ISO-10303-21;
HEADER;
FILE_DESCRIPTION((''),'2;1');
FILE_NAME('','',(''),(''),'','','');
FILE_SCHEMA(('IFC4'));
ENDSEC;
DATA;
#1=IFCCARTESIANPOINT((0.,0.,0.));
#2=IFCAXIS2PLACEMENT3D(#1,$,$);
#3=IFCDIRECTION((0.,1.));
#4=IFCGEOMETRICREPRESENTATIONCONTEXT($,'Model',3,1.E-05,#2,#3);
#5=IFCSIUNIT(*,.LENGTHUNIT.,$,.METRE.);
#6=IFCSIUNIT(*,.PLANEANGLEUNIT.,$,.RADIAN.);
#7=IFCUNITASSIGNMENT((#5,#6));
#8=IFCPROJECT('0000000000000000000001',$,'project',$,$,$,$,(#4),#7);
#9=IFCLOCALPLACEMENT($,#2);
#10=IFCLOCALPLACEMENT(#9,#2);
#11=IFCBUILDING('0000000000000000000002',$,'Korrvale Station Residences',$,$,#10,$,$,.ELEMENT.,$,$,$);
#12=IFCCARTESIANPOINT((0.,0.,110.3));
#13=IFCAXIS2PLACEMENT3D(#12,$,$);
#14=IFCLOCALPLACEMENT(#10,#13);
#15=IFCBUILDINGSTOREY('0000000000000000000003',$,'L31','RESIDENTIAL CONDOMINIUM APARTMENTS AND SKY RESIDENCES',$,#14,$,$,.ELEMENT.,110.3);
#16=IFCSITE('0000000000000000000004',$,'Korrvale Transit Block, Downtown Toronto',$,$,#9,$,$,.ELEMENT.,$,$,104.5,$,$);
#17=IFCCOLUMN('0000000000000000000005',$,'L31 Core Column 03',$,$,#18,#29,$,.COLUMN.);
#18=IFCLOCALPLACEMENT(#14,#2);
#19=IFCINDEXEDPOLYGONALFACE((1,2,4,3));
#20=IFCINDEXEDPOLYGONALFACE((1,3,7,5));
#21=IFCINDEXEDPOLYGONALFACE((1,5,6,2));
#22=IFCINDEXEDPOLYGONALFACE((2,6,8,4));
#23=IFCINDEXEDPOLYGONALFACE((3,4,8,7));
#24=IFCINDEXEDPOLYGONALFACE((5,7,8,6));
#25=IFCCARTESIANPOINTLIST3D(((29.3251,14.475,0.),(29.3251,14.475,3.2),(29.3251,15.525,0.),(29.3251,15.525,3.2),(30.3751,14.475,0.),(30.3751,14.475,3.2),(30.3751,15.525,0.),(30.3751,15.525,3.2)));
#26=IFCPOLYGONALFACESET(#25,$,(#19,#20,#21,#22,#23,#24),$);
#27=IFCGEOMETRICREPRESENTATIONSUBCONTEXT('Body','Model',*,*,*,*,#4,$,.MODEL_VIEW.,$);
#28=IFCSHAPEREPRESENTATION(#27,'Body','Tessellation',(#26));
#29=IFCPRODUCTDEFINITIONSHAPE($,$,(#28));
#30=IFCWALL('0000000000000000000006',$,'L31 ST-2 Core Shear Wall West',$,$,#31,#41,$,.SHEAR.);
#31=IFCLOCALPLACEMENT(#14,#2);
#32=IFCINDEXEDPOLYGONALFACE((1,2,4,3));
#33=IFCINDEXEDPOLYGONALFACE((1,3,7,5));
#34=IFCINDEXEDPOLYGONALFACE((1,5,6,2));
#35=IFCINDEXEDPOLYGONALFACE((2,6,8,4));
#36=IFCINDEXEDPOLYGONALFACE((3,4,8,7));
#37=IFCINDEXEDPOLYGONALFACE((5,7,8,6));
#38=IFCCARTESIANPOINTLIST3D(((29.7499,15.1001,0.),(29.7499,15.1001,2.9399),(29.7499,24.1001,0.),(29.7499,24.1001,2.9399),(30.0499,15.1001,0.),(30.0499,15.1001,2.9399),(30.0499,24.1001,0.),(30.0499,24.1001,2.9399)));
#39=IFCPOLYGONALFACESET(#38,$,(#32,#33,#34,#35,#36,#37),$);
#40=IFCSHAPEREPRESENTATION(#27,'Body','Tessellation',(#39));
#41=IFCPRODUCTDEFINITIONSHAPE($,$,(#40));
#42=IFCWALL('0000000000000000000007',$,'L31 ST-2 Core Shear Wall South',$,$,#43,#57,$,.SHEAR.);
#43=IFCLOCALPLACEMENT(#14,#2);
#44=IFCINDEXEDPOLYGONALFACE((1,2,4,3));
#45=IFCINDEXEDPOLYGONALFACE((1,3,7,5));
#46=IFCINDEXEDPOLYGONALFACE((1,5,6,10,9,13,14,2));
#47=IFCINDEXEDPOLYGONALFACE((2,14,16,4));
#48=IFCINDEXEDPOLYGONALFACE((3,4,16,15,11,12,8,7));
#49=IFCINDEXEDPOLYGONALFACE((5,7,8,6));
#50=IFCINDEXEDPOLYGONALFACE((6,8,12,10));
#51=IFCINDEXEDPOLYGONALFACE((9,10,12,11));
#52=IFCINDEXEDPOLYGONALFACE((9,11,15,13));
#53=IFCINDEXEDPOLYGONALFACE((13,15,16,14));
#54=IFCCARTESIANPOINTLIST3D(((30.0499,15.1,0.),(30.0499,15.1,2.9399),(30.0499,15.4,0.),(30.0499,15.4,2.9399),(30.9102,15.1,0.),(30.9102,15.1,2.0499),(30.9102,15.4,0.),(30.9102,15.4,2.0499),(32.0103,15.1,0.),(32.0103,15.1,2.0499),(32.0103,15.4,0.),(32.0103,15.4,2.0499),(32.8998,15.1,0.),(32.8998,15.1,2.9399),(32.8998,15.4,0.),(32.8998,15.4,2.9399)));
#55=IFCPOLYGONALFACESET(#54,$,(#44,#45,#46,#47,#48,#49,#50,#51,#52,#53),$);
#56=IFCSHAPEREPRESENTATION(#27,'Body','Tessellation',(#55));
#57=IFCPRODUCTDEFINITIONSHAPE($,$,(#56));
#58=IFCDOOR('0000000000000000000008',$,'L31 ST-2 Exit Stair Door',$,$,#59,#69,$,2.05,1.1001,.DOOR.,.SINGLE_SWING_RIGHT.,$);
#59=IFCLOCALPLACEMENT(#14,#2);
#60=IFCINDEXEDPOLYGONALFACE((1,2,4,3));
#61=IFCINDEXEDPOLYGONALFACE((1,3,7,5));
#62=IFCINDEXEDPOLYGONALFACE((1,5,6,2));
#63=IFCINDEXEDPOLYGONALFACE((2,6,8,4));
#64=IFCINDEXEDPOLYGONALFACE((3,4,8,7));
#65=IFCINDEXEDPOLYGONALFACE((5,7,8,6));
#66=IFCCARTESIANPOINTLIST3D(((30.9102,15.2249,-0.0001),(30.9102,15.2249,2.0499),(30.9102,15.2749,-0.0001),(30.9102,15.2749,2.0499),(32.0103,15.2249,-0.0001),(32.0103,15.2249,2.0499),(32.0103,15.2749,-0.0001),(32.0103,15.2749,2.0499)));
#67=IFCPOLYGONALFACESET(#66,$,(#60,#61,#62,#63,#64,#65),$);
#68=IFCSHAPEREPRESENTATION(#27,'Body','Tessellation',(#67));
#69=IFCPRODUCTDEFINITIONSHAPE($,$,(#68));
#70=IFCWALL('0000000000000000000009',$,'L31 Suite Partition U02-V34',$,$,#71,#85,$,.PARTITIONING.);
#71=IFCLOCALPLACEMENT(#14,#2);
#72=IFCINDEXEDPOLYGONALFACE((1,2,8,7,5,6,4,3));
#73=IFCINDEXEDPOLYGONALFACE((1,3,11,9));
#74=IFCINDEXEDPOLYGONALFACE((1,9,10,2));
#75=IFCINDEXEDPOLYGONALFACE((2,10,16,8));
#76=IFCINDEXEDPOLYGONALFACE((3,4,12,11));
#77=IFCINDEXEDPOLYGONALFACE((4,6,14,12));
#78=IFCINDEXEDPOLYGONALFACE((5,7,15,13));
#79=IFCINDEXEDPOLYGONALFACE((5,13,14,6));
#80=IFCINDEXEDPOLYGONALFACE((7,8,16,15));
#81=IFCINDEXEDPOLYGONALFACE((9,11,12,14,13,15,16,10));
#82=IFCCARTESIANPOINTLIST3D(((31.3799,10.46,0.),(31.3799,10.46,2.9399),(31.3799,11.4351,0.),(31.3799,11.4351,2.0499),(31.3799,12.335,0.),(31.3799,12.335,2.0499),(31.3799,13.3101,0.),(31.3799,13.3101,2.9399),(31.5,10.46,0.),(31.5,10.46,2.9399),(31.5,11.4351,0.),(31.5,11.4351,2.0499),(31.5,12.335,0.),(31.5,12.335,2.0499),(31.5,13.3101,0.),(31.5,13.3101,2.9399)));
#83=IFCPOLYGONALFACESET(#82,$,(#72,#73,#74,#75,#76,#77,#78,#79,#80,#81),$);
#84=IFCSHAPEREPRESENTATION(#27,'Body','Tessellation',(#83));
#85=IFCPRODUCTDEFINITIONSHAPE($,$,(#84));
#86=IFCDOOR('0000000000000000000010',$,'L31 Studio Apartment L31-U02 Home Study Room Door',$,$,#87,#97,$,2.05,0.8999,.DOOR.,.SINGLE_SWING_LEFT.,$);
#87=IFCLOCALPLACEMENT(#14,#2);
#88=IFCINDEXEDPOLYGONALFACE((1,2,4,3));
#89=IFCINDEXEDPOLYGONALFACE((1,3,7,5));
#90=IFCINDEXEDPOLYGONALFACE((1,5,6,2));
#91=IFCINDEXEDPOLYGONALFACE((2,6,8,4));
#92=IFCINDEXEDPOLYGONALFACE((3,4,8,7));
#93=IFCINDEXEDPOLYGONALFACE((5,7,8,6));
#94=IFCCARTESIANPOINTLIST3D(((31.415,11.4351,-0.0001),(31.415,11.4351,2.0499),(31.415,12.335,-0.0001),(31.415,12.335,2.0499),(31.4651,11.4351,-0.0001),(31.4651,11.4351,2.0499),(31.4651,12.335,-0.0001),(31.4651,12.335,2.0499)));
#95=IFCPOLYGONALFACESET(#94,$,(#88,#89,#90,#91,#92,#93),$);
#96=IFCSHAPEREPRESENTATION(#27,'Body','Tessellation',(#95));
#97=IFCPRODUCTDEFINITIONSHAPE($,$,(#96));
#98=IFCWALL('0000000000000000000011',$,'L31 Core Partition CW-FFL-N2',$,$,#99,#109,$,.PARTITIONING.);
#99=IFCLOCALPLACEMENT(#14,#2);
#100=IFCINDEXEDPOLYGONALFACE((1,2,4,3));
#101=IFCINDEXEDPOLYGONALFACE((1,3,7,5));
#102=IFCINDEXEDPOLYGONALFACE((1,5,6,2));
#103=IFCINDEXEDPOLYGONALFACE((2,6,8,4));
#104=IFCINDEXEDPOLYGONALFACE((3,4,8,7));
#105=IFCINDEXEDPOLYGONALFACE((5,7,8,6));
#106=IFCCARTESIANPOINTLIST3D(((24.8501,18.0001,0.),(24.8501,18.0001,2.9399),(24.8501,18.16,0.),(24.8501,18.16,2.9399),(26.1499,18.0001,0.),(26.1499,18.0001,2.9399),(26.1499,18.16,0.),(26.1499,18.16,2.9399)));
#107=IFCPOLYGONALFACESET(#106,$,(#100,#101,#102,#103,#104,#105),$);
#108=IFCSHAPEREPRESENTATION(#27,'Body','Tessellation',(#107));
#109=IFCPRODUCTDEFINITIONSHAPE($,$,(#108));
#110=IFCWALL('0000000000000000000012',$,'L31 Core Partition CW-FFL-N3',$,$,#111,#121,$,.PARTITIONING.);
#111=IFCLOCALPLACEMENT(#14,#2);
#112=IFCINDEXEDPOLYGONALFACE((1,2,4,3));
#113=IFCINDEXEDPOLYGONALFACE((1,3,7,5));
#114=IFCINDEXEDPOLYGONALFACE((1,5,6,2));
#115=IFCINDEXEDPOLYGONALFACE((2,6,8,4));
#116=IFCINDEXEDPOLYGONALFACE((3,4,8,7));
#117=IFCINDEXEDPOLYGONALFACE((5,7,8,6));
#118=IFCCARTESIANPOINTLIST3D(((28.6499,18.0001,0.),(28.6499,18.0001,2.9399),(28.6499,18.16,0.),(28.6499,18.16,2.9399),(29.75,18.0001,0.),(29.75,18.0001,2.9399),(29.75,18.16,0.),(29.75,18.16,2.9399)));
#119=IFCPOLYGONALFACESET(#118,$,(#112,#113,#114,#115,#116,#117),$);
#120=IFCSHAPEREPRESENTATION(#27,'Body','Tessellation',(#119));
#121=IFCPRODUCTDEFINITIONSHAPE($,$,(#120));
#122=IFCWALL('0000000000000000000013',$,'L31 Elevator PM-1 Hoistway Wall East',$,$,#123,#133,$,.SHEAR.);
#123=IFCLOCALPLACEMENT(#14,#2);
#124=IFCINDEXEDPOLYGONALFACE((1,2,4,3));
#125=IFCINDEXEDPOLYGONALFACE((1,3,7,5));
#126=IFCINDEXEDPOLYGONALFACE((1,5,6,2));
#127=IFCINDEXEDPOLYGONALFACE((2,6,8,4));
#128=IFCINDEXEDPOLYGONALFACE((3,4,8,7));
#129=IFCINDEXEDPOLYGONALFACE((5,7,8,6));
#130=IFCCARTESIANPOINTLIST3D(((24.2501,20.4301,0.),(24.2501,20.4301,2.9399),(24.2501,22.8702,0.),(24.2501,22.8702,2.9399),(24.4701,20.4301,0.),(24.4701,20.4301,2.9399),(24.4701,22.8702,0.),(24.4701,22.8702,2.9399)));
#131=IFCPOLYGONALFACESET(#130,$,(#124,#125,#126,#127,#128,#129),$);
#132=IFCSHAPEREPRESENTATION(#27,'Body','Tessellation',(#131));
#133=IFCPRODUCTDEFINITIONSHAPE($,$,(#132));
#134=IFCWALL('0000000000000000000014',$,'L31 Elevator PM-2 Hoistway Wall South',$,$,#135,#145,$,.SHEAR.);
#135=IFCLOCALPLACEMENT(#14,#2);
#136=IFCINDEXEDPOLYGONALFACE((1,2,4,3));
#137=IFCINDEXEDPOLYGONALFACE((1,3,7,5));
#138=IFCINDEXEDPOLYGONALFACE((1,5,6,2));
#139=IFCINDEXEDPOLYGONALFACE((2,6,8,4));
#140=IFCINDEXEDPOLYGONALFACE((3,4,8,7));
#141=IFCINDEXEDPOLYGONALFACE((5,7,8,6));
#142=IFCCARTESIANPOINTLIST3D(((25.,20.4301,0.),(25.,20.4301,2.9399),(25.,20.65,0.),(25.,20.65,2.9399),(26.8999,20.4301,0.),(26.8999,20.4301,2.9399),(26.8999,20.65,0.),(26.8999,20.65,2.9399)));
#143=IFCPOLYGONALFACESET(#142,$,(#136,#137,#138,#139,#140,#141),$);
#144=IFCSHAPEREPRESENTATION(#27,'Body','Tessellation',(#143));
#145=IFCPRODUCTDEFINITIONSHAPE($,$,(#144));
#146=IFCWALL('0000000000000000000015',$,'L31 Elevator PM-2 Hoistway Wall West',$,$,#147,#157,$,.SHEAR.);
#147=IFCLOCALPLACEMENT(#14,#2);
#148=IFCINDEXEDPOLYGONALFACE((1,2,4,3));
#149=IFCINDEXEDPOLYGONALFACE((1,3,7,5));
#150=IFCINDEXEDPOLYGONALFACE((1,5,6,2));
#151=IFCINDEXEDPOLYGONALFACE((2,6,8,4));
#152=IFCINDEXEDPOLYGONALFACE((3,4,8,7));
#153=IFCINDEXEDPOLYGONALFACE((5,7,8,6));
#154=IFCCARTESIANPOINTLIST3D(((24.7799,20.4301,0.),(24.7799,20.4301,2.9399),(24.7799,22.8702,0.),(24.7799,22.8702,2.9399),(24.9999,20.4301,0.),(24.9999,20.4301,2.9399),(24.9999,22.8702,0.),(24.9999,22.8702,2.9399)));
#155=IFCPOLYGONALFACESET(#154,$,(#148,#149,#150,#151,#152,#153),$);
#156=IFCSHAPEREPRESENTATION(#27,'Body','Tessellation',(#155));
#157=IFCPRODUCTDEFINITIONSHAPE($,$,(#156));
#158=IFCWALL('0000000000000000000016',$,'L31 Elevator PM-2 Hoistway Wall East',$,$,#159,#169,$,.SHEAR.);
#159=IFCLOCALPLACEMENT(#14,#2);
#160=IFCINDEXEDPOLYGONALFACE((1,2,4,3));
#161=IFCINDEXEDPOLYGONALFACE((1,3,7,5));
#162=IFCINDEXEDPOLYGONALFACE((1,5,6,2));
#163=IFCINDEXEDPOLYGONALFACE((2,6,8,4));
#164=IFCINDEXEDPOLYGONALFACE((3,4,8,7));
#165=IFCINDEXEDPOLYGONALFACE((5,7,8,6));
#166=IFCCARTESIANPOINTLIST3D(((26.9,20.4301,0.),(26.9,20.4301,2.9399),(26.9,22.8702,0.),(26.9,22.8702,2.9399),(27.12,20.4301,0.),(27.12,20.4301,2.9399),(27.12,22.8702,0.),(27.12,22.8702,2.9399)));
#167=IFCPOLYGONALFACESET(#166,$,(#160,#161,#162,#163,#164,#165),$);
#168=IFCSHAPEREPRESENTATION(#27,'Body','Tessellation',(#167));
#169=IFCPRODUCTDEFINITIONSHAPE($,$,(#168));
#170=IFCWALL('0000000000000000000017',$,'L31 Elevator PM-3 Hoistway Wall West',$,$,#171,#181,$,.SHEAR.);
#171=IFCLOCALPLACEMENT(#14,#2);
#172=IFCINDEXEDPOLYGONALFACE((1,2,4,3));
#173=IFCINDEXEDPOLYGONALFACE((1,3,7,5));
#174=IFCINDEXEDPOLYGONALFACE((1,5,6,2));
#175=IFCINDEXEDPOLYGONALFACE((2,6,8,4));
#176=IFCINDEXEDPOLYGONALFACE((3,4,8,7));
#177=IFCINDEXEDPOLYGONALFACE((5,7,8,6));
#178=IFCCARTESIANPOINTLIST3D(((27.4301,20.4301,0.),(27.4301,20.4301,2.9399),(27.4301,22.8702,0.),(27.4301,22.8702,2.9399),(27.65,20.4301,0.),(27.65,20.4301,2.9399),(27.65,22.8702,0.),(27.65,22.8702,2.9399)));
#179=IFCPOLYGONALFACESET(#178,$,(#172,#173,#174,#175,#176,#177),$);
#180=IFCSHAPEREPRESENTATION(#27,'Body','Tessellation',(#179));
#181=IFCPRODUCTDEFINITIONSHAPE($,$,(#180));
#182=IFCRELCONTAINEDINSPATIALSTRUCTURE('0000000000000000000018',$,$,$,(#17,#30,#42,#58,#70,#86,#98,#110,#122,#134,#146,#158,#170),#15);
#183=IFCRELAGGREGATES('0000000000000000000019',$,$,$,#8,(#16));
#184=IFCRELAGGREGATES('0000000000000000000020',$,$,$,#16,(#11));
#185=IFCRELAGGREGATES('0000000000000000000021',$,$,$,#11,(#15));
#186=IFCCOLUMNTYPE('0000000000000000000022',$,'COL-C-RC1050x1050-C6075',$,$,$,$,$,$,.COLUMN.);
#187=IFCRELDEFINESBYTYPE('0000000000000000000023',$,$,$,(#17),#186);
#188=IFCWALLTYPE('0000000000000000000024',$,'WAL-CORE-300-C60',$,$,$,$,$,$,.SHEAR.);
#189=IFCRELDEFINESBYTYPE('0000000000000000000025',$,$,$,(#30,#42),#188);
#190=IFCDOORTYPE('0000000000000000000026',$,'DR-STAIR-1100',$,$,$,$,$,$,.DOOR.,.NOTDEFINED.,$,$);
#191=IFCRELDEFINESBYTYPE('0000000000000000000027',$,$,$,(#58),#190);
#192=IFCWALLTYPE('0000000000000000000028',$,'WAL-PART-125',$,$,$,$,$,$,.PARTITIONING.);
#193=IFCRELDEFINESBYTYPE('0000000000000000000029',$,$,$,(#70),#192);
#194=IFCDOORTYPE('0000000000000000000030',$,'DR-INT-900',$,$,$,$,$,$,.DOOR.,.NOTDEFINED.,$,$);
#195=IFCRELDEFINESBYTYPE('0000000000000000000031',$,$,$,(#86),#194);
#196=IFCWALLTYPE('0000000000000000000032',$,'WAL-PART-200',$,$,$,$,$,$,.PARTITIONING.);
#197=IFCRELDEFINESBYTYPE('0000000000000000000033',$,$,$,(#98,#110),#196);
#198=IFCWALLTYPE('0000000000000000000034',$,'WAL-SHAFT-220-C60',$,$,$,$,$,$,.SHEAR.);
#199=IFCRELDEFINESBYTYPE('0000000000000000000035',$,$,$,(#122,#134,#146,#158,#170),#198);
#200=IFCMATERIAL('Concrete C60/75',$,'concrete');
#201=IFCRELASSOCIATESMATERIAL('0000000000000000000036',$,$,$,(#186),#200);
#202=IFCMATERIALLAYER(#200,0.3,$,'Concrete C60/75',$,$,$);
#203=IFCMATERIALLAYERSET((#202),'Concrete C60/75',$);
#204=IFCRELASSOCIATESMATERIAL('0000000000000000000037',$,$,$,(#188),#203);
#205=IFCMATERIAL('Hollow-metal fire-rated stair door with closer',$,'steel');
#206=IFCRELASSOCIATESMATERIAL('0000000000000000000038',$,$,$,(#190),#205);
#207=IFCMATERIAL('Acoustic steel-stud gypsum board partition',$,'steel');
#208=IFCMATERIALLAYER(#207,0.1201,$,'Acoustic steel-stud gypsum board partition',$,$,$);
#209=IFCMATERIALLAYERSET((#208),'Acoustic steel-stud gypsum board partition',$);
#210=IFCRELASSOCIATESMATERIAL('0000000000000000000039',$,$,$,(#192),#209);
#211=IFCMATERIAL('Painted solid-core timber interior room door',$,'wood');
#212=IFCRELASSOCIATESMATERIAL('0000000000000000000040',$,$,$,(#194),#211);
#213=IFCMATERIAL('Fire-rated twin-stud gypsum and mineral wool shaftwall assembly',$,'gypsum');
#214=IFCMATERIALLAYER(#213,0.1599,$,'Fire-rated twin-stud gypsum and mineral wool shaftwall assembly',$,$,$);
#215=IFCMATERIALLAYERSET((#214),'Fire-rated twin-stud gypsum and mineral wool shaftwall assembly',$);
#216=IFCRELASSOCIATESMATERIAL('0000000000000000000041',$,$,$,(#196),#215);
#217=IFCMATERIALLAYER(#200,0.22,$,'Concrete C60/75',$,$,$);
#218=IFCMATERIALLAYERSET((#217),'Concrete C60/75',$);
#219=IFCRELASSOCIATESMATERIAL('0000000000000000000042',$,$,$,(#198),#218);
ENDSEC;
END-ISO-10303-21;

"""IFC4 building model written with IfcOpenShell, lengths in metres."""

from ifc_helpers import new_model, si_unit, direction, frame, frame_2d, origin, origin_2d, place, context, subcontext, project, spatial, rectangle, extrude, material, layer, layer_set, material_profile, profile_set, type_object, element, fill, save


model = new_model("IFC4")

# Units and contexts
model_context = context("Model", 3, precision=1e-05, world=origin(), true_north=direction((0.0, 1.0)))
body_context = subcontext(model_context, "Body", "Model", "MODEL_VIEW")
ifc_project = project(units=[si_unit("LENGTHUNIT", "METRE"), si_unit("PLANEANGLEUNIT", "RADIAN")], contexts=[model_context])

# Site, building, storey
site_placement = place(None, origin())
site = spatial("IfcSite", under=ifc_project, at=site_placement, Name="Korrvale Transit Block, Downtown Toronto", CompositionType="ELEMENT", RefElevation=104.5)
building_placement = place(site_placement, origin())
building = spatial("IfcBuilding", under=site, at=building_placement, Name="Korrvale Station Residences", CompositionType="ELEMENT")
storey_placement = place(building_placement, frame((0.0, 0.0, 110.3)))
storey = spatial("IfcBuildingStorey", under=building, at=storey_placement, Name="L31", Description="RESIDENTIAL CONDOMINIUM APARTMENTS AND SKY RESIDENCES", CompositionType="ELEMENT", Elevation=110.3)

# Column
ifc_material_1 = material(Name="Concrete C60/75", Category="concrete")
ifc_material_profile = material_profile(ifc_material_1, rectangle(XDim=1.05, YDim=1.05, at=origin_2d()), Name="RC1050x1050")
ifc_profile_set = profile_set([ifc_material_profile], Name="Concrete C60/75")
column_type = type_object("IfcColumnType", Name="COL-C-RC1050x1050-C6075", PredefinedType="COLUMN", material=ifc_profile_set)
column_placement = place(storey_placement, frame((29.8501, 15.0, 0.0), z_axis=(0.0, 0.0, 1.0), x_axis=(1.0, 0.0, 0.0)))
element("IfcColumn", 1, at=column_placement, inside=storey, type_object=column_type, Name="L31 Core Column 03", PredefinedType="COLUMN", context=body_context, shape_type="SweptSolid", body=[
    extrude(rectangle(XDim=1.05, YDim=1.05, at=origin_2d()), origin(), (0.0, 0.0, 1.0), 3.2),
])

# Wall
ifc_layer_1 = layer(ifc_material_1, 0.3, Name="Concrete C60/75")
ifc_layer_set_1 = layer_set([ifc_layer_1], Name="Concrete C60/75")
wall_type_1 = type_object("IfcWallType", Name="WAL-CORE-300-C60", PredefinedType="SHEAR", material=ifc_layer_set_1)
wall_1_placement = place(storey_placement, frame((29.8999, 15.1001, 0.0), z_axis=(0.0, 0.0, 1.0), x_axis=(0.0, 1.0, 0.0)))
element("IfcWall", 2, at=wall_1_placement, inside=storey, type_object=wall_type_1, Name="L31 ST-2 Core Shear Wall West", PredefinedType="SHEAR", context=body_context, shape_type="SweptSolid", body=[
    extrude(rectangle(XDim=9.0, YDim=0.3, at=frame_2d((4.5, 0.0))), origin(), (0.0, 0.0, 1.0), 2.9399),
])

# Walls, openings, doors
wall_2_placement = place(storey_placement, frame((30.05, 15.25, 0.0), z_axis=(0.0, 0.0, 1.0), x_axis=(1.0, 0.0, 0.0)))
wall_2 = element("IfcWall", 3, at=wall_2_placement, inside=storey, type_object=wall_type_1, Name="L31 ST-2 Core Shear Wall South", PredefinedType="SHEAR", context=body_context, shape_type="SweptSolid", body=[
    extrude(rectangle(XDim=2.8499, YDim=0.3, at=frame_2d((1.4248, 0.0))), origin(), (0.0, 0.0, 1.0), 2.9399),
])
opening_1_placement = place(wall_2_placement, frame((0.8601, 0.0, 0.0)))
opening_1 = element("IfcOpeningElement", 4, at=opening_1_placement, cuts=wall_2, PredefinedType="OPENING", context=body_context, shape_type="SweptSolid", body=[
    extrude(rectangle(XDim=1.1001, YDim=2.05, at=frame_2d((0.55, 1.0249))), frame((0.0, 0.1602, 0.0), z_axis=(0.0, -1.0, 0.0), x_axis=(1.0, 0.0, 0.0)), (0.0, 0.0, 1.0), 0.3201),
])
ifc_material_2 = material(Name="Hollow-metal fire-rated stair door with closer", Category="steel")
door_type_1 = type_object("IfcDoorType", Name="DR-STAIR-1100", OperationType="NOTDEFINED", PredefinedType="DOOR", material=ifc_material_2)
door_1_placement = place(opening_1_placement, origin())
door_1 = element("IfcDoor", 5, at=door_1_placement, inside=storey, type_object=door_type_1, Name="L31 ST-2 Exit Stair Door", OperationType="SINGLE_SWING_RIGHT", OverallHeight=2.05, OverallWidth=1.1001, PredefinedType="DOOR", context=body_context, shape_type="SweptSolid", body=[
    extrude(rectangle(XDim=1.1001, YDim=2.05, at=frame_2d((0.55, 1.0249))), frame((0.0, 0.0249, 0.0), z_axis=(0.0, -1.0, 0.0), x_axis=(1.0, 0.0, 0.0)), (0.0, 0.0, 1.0), 0.05),
])
fill(opening_1, door_1)
ifc_material_3 = material(Name="Acoustic steel-stud gypsum board partition", Category="steel")
ifc_layer_2 = layer(ifc_material_3, 0.1201, Name="Acoustic steel-stud gypsum board partition")
ifc_layer_set_2 = layer_set([ifc_layer_2], Name="Acoustic steel-stud gypsum board partition")
wall_type_2 = type_object("IfcWallType", Name="WAL-PART-125", PredefinedType="PARTITIONING", material=ifc_layer_set_2)
wall_3_placement = place(storey_placement, frame((31.4399, 10.46, 0.0), z_axis=(0.0, 0.0, 1.0), x_axis=(0.0, 1.0, 0.0)))
wall_3 = element("IfcWall", 6, at=wall_3_placement, inside=storey, type_object=wall_type_2, Name="L31 Suite Partition U02-V34", PredefinedType="PARTITIONING", context=body_context, shape_type="SweptSolid", body=[
    extrude(rectangle(XDim=2.8501, YDim=0.1201, at=frame_2d((1.425, 0.0))), origin(), (0.0, 0.0, 1.0), 2.9399),
])
opening_2_placement = place(wall_3_placement, frame((0.9751, 0.0, 0.0)))
opening_2 = element("IfcOpeningElement", 7, at=opening_2_placement, cuts=wall_3, PredefinedType="OPENING", context=body_context, shape_type="SweptSolid", body=[
    extrude(rectangle(XDim=0.8999, YDim=2.05, at=frame_2d((0.45, 1.0249))), frame((0.0, 0.0701, 0.0), z_axis=(0.0, -1.0, 0.0), x_axis=(1.0, 0.0, 0.0)), (0.0, 0.0, 1.0), 0.1401),
])
ifc_material_4 = material(Name="Painted solid-core timber interior room door", Category="wood")
door_type_2 = type_object("IfcDoorType", Name="DR-INT-900", OperationType="NOTDEFINED", PredefinedType="DOOR", material=ifc_material_4)
door_2_placement = place(opening_2_placement, origin())
door_2 = element("IfcDoor", 8, at=door_2_placement, inside=storey, type_object=door_type_2, Name="L31 Studio Apartment L31-U02 Home Study Room Door", OperationType="SINGLE_SWING_LEFT", OverallHeight=2.05, OverallWidth=0.8999, PredefinedType="DOOR", context=body_context, shape_type="SweptSolid", body=[
    extrude(rectangle(XDim=0.8999, YDim=2.05, at=frame_2d((0.45, 1.0249))), frame((0.0, 0.0249, 0.0), z_axis=(0.0, -1.0, 0.0), x_axis=(1.0, 0.0, 0.0)), (0.0, 0.0, 1.0), 0.05),
])
fill(opening_2, door_2)

# Walls
ifc_material_5 = material(Name="Fire-rated twin-stud gypsum and mineral wool shaftwall assembly", Category="gypsum")
ifc_layer_3 = layer(ifc_material_5, 0.1599, Name="Fire-rated twin-stud gypsum and mineral wool shaftwall assembly")
ifc_layer_set_3 = layer_set([ifc_layer_3], Name="Fire-rated twin-stud gypsum and mineral wool shaftwall assembly")
wall_type_3 = type_object("IfcWallType", Name="WAL-PART-200", PredefinedType="PARTITIONING", material=ifc_layer_set_3)
wall_4_placement = place(storey_placement, frame((24.8501, 18.0801, 0.0), z_axis=(0.0, 0.0, 1.0), x_axis=(1.0, 0.0, 0.0)))
element("IfcWall", 9, at=wall_4_placement, inside=storey, type_object=wall_type_3, Name="L31 Core Partition CW-FFL-N2", PredefinedType="PARTITIONING", context=body_context, shape_type="SweptSolid", body=[
    extrude(rectangle(XDim=1.2998, YDim=0.1599, at=frame_2d((0.6499, 0.0))), origin(), (0.0, 0.0, 1.0), 2.9399),
])
wall_5_placement = place(storey_placement, frame((28.6499, 18.0801, 0.0), z_axis=(0.0, 0.0, 1.0), x_axis=(1.0, 0.0, 0.0)))
element("IfcWall", 10, at=wall_5_placement, inside=storey, type_object=wall_type_3, Name="L31 Core Partition CW-FFL-N3", PredefinedType="PARTITIONING", context=body_context, shape_type="SweptSolid", body=[
    extrude(rectangle(XDim=1.1001, YDim=0.1599, at=frame_2d((0.55, 0.0))), origin(), (0.0, 0.0, 1.0), 2.9399),
])
ifc_layer_4 = layer(ifc_material_1, 0.22, Name="Concrete C60/75")
ifc_layer_set_4 = layer_set([ifc_layer_4], Name="Concrete C60/75")
wall_type_4 = type_object("IfcWallType", Name="WAL-SHAFT-220-C60", PredefinedType="SHEAR", material=ifc_layer_set_4)
wall_6_placement = place(storey_placement, frame((24.3601, 20.4299, 0.0), z_axis=(0.0, 0.0, 1.0), x_axis=(0.0, 1.0, 0.0)))
element("IfcWall", 11, at=wall_6_placement, inside=storey, type_object=wall_type_4, Name="L31 Elevator PM-1 Hoistway Wall East", PredefinedType="SHEAR", context=body_context, shape_type="SweptSolid", body=[
    extrude(rectangle(XDim=2.4402, YDim=0.22, at=frame_2d((1.2202, 0.0))), origin(), (0.0, 0.0, 1.0), 2.9399),
])
wall_7_placement = place(storey_placement, frame((25.0, 20.54, 0.0), z_axis=(0.0, 0.0, 1.0), x_axis=(1.0, 0.0, 0.0)))
element("IfcWall", 12, at=wall_7_placement, inside=storey, type_object=wall_type_4, Name="L31 Elevator PM-2 Hoistway Wall South", PredefinedType="SHEAR", context=body_context, shape_type="SweptSolid", body=[
    extrude(rectangle(XDim=1.8999, YDim=0.22, at=frame_2d((0.95, 0.0))), origin(), (0.0, 0.0, 1.0), 2.9399),
])
for number, where, z_axis, x_axis, name in (
    (13, (24.8899, 20.4299, 0.0), (0.0, 0.0, 1.0), (0.0, 1.0, 0.0), "L31 Elevator PM-2 Hoistway Wall West"),
    (14, (27.01, 20.4299, 0.0), (0.0, 0.0, 1.0), (0.0, 1.0, 0.0), "L31 Elevator PM-2 Hoistway Wall East"),
    (15, (27.54, 20.4299, 0.0), (0.0, 0.0, 1.0), (0.0, 1.0, 0.0), "L31 Elevator PM-3 Hoistway Wall West"),
):
    element("IfcWall", number, at=place(storey_placement, frame(where, z_axis=z_axis, x_axis=x_axis)), inside=storey, type_object=wall_type_4, Name=name, PredefinedType="SHEAR", context=body_context, shape_type="SweptSolid", body=[
        extrude(rectangle(XDim=2.4402, YDim=0.22, at=frame_2d((1.2202, 0.0))), origin(), (0.0, 0.0, 1.0), 2.9399),
    ])

save(model, "model.ifc")
